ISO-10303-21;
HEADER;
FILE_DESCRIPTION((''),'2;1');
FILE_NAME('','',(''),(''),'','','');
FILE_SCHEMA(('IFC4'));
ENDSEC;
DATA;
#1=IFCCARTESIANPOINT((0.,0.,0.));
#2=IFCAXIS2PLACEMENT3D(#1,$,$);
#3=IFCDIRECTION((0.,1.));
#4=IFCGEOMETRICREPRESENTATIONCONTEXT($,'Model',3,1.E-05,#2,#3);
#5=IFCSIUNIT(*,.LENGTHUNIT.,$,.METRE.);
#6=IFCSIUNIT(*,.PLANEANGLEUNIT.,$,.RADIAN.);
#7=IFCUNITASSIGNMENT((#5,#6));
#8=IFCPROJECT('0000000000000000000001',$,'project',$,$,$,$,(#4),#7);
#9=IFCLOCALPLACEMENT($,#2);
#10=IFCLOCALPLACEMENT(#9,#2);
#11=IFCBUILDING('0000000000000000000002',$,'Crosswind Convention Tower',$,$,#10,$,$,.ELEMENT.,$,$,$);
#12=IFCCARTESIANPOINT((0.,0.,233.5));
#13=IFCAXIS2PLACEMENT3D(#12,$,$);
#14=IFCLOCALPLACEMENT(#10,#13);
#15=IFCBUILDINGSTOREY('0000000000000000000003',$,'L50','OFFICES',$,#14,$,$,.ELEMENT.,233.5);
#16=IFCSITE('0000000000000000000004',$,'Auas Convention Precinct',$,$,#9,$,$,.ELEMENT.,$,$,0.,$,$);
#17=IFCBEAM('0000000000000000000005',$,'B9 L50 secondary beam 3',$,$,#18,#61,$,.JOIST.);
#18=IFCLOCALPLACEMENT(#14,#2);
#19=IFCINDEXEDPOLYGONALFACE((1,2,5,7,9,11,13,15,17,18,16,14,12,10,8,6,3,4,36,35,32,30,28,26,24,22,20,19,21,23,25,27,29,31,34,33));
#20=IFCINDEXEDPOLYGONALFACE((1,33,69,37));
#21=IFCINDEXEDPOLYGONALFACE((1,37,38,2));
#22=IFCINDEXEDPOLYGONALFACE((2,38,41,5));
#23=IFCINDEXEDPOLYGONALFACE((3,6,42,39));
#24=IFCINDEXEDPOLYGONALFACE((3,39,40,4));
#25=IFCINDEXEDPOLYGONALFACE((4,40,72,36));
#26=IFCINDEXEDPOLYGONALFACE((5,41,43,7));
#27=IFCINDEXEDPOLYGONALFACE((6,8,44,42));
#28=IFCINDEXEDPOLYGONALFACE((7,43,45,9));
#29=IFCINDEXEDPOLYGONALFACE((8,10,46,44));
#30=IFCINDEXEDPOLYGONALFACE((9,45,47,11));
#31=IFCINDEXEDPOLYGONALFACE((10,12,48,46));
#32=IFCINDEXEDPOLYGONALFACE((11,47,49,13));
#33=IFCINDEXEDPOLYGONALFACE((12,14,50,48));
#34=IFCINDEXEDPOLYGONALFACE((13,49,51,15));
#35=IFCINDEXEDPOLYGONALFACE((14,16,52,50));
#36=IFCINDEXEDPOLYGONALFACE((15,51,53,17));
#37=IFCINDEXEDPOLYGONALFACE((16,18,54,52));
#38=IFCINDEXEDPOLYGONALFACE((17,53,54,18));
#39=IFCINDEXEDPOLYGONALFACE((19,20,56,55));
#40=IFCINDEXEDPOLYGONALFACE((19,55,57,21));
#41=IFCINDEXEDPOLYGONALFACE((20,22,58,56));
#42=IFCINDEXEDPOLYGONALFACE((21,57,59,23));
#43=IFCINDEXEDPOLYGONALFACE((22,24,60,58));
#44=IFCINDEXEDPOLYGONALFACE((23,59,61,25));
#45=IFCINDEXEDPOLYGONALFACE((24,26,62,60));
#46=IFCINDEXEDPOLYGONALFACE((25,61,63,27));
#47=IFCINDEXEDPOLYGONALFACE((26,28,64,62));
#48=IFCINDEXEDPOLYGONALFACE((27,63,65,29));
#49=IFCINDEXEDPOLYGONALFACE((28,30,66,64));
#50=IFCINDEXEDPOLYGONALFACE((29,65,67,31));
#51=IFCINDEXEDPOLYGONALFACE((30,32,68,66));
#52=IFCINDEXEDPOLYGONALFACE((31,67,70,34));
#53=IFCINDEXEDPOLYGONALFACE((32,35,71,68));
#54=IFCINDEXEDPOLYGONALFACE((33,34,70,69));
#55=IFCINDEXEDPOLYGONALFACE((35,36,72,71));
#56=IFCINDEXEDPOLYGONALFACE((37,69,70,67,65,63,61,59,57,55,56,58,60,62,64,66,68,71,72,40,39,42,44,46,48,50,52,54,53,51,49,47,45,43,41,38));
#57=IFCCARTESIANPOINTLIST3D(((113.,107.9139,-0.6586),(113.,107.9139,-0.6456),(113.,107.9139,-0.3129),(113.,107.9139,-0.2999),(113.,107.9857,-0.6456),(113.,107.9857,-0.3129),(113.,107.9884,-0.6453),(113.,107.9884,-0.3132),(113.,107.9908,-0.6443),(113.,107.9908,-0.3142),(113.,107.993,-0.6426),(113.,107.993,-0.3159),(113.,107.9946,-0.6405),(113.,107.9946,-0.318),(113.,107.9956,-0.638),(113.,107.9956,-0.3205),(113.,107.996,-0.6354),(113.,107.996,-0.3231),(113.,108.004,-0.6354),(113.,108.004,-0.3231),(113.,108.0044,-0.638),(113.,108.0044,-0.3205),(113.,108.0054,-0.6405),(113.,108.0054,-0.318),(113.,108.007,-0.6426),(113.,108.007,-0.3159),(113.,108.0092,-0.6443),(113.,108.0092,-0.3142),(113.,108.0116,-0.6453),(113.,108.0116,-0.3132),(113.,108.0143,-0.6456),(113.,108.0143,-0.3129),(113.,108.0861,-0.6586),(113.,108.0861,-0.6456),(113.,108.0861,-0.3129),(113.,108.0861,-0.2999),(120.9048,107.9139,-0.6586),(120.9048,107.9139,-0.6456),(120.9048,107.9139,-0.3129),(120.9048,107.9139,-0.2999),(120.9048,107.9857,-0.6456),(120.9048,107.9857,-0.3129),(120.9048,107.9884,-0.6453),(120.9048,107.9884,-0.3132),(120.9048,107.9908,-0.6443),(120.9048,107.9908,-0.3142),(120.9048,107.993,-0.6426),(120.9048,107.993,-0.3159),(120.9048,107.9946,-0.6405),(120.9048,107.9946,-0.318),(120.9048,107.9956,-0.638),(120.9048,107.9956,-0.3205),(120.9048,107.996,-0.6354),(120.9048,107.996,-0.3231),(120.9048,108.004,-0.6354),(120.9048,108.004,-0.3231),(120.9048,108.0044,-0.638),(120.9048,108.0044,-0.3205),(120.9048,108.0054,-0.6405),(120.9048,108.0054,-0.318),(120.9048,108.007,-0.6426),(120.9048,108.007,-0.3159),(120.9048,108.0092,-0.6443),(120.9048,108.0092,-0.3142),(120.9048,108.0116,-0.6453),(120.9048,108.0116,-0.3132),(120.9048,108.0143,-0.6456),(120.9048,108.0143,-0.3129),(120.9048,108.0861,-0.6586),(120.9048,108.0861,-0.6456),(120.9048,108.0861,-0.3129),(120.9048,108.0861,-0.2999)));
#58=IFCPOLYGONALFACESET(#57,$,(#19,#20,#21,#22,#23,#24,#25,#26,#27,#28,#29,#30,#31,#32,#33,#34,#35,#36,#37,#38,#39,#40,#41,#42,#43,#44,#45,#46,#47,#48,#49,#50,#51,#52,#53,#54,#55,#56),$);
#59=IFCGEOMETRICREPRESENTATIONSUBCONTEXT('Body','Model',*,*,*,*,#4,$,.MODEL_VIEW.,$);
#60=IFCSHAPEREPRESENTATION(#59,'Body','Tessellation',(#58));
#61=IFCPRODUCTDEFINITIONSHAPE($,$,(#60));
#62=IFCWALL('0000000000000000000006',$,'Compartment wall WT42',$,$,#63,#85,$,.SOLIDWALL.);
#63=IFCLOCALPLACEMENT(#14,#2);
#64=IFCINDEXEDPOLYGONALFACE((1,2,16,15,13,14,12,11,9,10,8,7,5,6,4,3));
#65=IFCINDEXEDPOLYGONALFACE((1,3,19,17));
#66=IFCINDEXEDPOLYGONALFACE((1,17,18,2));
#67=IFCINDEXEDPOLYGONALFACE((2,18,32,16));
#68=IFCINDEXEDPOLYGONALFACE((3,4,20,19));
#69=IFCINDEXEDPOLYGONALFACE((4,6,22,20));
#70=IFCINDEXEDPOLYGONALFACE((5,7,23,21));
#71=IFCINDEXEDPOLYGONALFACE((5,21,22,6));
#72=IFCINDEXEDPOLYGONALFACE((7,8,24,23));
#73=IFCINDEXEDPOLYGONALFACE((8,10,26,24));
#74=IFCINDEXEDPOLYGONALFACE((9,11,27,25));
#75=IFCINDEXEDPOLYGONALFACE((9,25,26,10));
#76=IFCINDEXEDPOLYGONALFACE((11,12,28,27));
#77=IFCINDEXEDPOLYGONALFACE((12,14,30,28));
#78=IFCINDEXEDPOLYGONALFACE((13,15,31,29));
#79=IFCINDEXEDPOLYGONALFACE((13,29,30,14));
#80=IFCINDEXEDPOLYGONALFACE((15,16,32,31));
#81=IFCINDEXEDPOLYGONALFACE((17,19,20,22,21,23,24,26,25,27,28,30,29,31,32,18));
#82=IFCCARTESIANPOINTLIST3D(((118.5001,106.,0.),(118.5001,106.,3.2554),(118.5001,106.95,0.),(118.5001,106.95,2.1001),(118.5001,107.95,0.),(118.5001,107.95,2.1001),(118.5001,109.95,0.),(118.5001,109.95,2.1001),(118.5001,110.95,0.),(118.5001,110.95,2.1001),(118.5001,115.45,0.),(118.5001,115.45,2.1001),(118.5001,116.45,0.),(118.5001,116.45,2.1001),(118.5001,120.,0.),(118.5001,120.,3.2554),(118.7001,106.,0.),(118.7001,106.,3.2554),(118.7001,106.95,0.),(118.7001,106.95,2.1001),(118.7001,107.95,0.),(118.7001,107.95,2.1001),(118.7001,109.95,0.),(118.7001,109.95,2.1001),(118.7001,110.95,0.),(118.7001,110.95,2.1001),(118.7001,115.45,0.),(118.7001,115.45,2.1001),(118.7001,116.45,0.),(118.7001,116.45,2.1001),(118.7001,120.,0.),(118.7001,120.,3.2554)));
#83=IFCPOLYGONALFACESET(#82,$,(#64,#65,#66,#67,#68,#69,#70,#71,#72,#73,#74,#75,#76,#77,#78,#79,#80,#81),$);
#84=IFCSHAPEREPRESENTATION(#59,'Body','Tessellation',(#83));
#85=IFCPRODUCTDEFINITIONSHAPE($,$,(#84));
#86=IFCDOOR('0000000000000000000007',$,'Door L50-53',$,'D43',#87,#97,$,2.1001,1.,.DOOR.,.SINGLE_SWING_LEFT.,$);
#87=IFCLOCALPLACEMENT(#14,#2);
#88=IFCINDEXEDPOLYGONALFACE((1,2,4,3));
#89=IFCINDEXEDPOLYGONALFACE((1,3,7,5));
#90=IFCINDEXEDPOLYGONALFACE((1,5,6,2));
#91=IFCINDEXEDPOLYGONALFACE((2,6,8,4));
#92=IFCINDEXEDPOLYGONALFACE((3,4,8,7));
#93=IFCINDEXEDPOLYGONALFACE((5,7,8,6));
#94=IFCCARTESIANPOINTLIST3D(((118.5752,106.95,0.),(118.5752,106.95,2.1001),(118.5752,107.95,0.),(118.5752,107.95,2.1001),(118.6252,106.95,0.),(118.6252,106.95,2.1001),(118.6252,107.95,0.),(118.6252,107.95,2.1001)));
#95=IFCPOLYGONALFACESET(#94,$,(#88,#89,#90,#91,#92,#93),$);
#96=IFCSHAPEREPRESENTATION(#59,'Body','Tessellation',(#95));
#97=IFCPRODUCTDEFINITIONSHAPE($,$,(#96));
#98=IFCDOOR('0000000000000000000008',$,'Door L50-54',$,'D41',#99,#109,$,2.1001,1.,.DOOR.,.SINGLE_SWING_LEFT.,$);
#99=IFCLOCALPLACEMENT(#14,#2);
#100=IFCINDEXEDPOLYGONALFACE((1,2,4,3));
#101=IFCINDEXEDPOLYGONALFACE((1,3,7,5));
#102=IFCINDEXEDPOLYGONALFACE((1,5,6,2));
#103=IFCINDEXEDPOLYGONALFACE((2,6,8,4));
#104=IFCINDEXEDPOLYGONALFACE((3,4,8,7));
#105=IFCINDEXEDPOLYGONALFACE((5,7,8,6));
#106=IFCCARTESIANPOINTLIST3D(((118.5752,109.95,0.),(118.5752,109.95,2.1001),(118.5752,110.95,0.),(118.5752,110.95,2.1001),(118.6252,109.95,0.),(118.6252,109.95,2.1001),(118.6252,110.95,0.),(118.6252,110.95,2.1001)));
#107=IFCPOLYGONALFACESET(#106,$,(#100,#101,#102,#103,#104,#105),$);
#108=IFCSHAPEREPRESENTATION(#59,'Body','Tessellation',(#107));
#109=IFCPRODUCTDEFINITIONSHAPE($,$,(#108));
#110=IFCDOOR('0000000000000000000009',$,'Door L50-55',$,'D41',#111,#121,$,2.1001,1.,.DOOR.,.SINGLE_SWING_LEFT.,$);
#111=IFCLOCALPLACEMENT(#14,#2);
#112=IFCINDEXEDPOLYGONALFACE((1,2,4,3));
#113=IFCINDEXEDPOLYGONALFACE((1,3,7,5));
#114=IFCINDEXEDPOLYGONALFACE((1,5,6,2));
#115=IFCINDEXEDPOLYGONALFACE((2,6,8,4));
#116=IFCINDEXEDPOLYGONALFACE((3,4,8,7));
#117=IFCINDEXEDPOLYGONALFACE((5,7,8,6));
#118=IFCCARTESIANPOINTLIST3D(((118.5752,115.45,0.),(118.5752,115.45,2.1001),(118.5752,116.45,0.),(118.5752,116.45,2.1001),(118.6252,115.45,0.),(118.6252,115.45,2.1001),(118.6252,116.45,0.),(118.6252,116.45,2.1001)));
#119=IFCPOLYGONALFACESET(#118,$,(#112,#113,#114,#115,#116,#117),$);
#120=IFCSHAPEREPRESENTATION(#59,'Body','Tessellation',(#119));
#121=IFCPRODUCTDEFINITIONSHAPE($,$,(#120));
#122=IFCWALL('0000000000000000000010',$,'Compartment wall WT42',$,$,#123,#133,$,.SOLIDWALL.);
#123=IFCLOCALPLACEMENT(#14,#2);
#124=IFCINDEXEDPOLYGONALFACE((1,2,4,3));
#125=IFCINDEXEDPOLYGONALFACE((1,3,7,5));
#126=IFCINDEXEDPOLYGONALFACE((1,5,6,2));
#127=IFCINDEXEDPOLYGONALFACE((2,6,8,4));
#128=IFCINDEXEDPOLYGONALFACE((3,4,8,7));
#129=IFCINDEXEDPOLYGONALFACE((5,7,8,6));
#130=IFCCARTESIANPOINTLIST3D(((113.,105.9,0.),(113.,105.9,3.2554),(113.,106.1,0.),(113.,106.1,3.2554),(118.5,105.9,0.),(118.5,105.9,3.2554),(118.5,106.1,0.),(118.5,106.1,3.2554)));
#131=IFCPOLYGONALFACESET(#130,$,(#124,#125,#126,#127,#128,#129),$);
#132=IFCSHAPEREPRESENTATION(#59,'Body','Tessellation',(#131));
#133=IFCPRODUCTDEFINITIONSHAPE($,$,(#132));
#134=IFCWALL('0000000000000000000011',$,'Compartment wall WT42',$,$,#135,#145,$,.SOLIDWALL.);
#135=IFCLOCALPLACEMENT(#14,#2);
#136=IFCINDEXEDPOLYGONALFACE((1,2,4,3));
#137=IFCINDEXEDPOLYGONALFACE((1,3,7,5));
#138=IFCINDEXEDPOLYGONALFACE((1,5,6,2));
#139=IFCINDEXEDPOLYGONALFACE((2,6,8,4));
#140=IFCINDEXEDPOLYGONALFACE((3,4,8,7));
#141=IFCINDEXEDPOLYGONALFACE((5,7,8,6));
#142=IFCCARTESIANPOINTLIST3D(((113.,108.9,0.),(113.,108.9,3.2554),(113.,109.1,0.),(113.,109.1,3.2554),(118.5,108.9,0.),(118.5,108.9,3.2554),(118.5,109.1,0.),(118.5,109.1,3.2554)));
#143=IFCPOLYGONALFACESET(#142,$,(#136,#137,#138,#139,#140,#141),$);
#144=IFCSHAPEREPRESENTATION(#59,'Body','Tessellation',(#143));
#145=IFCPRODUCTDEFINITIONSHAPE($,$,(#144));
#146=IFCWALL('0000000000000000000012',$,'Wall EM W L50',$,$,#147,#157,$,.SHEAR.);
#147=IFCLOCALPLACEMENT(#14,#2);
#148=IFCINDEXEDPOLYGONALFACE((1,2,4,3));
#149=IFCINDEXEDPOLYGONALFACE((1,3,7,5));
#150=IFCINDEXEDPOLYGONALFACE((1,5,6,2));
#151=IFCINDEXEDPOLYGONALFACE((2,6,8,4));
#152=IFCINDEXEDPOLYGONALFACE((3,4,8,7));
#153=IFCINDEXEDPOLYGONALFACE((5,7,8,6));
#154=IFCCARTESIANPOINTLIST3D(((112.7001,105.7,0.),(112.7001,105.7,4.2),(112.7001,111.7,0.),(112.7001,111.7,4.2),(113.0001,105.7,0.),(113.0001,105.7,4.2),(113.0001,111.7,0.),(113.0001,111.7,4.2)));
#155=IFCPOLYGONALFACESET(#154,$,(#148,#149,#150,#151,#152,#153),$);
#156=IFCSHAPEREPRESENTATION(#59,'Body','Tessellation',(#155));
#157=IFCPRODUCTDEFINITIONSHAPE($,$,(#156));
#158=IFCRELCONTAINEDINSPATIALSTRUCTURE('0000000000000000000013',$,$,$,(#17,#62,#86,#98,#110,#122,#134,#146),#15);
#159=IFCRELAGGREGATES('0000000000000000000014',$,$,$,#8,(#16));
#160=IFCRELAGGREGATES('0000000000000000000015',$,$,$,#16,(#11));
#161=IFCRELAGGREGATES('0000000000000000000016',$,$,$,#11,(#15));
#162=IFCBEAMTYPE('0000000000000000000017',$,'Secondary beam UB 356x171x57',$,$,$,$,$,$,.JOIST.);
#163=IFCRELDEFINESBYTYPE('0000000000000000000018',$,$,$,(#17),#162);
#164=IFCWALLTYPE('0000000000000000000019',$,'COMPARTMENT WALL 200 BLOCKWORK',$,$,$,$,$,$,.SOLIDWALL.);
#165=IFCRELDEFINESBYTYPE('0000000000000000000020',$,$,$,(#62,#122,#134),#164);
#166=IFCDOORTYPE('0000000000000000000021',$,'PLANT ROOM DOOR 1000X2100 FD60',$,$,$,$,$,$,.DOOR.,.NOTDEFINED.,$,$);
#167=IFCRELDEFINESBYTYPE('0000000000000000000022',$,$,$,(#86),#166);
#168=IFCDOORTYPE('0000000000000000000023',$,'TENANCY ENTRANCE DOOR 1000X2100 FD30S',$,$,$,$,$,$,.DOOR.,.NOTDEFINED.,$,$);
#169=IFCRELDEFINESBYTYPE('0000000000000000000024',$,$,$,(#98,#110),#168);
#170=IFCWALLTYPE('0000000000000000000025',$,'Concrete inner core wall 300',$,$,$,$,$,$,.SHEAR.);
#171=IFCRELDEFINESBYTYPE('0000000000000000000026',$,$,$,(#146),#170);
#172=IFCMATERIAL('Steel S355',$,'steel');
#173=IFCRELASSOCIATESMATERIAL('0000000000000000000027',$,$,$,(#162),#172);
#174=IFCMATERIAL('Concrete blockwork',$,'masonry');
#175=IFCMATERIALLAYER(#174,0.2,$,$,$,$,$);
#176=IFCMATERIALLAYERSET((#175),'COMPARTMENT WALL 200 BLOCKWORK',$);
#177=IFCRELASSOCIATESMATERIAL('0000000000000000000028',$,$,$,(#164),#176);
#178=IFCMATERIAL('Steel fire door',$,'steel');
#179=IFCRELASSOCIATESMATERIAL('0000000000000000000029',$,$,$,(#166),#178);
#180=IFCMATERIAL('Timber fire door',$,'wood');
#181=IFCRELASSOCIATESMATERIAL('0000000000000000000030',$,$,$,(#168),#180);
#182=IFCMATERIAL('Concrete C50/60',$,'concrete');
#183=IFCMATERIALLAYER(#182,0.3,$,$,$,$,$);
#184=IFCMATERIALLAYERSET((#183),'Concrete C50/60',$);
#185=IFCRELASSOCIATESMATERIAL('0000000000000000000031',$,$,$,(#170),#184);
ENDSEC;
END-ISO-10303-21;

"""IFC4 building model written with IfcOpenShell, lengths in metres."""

from ifc_helpers import new_model, si_unit, direction, frame, frame_2d, origin, origin_2d, place, context, subcontext, project, spatial, rectangle, i_section, extrude, material, layer, layer_set, material_profile, profile_set, type_object, element, fill, save


model = new_model("IFC4")

# Units and contexts
model_context = context("Model", 3, precision=1e-05, world=origin(), true_north=direction((0.0, 1.0)))
body_context = subcontext(model_context, "Body", "Model", "MODEL_VIEW")
ifc_project = project(units=[si_unit("LENGTHUNIT", "METRE"), si_unit("PLANEANGLEUNIT", "RADIAN")], contexts=[model_context])

# Site, building, storey
site_placement = place(None, origin())
site = spatial("IfcSite", under=ifc_project, at=site_placement, Name="Auas Convention Precinct", CompositionType="ELEMENT", RefElevation=0.0)
building_placement = place(site_placement, origin())
building = spatial("IfcBuilding", under=site, at=building_placement, Name="Crosswind Convention Tower", CompositionType="ELEMENT")
storey_placement = place(building_placement, frame((0.0, 0.0, 233.5)))
storey = spatial("IfcBuildingStorey", under=building, at=storey_placement, Name="L50", Description="OFFICES", CompositionType="ELEMENT", Elevation=233.5)

# Beam
ifc_material_1 = material(Name="Steel S355", Category="steel")
ifc_material_profile_1 = material_profile(ifc_material_1, i_section(OverallWidth=0.1721, OverallDepth=0.3586, WebThickness=0.0081, FlangeThickness=0.0129, FilletRadius=0.0103, at=origin_2d()), Name="UB 356x171x57")
ifc_profile_set_1 = profile_set([ifc_material_profile_1], Name="Steel S355")
beam_type_1 = type_object("IfcBeamType", Name="Secondary beam UB 356x171x57", PredefinedType="JOIST", material=ifc_profile_set_1)
for number, where, z_axis, x_axis, name in (
    (1, (113.0, 108.0, -0.4792), (1.0, 0.0, 0.0), (0.0, 1.0, 0.0), "B9 L50 secondary beam 3"),
):
    element("IfcBeam", number, at=place(storey_placement, frame(where, z_axis=z_axis, x_axis=x_axis)), inside=storey, type_object=beam_type_1, Name=name, PredefinedType="JOIST", context=body_context, shape_type="SweptSolid", body=[
        extrude(i_section(OverallWidth=0.1721, OverallDepth=0.3586, WebThickness=0.0081, FlangeThickness=0.0129, FilletRadius=0.0103, at=origin_2d()), origin(), (0.0, 0.0, 1.0), 7.9048),
    ])

# Wall, openings, doors
ifc_material_2 = material(Name="Concrete blockwork", Category="masonry")
ifc_layer_1 = layer(ifc_material_2, 0.2)
ifc_layer_set_1 = layer_set([ifc_layer_1], Name="COMPARTMENT WALL 200 BLOCKWORK")
wall_type_1 = type_object("IfcWallType", Name="COMPARTMENT WALL 200 BLOCKWORK", PredefinedType="SOLIDWALL", material=ifc_layer_set_1)
wall_1_placement = place(storey_placement, frame((118.6001, 106.0, 0.0), z_axis=(0.0, 0.0, 1.0), x_axis=(0.0, 1.0, 0.0)))
wall_1 = element("IfcWall", 2, at=wall_1_placement, inside=storey, type_object=wall_type_1, Name="Compartment wall WT42", PredefinedType="SOLIDWALL", context=body_context, shape_type="SweptSolid", body=[
    extrude(rectangle(XDim=14.0, YDim=0.2, at=frame_2d((7.0, 0.0))), origin(), (0.0, 0.0, 1.0), 3.2554),
])
opening_1_placement = place(wall_1_placement, frame((0.95, 0.0, 0.0)))
opening_1 = element("IfcOpeningElement", 3, at=opening_1_placement, cuts=wall_1, PredefinedType="OPENING", context=body_context, shape_type="SweptSolid", body=[
    extrude(rectangle(XDim=1.0, YDim=2.1001, at=frame_2d((0.5, 1.05))), frame((0.0, 0.1099, 0.0), z_axis=(0.0, -1.0, 0.0), x_axis=(1.0, 0.0, 0.0)), (0.0, 0.0, 1.0), 0.22),
])
opening_2_placement = place(wall_1_placement, frame((3.95, 0.0, 0.0)))
opening_2 = element("IfcOpeningElement", 4, at=opening_2_placement, cuts=wall_1, PredefinedType="OPENING", context=body_context, shape_type="SweptSolid", body=[
    extrude(rectangle(XDim=1.0, YDim=2.1001, at=frame_2d((0.5, 1.05))), frame((0.0, 0.1099, 0.0), z_axis=(0.0, -1.0, 0.0), x_axis=(1.0, 0.0, 0.0)), (0.0, 0.0, 1.0), 0.22),
])
opening_3_placement = place(wall_1_placement, frame((9.45, 0.0, 0.0)))
opening_3 = element("IfcOpeningElement", 5, at=opening_3_placement, cuts=wall_1, PredefinedType="OPENING", context=body_context, shape_type="SweptSolid", body=[
    extrude(rectangle(XDim=1.0, YDim=2.1001, at=frame_2d((0.5, 1.05))), frame((0.0, 0.1099, 0.0), z_axis=(0.0, -1.0, 0.0), x_axis=(1.0, 0.0, 0.0)), (0.0, 0.0, 1.0), 0.22),
])
ifc_material_3 = material(Name="Steel fire door", Category="steel")
door_type_1 = type_object("IfcDoorType", Name="PLANT ROOM DOOR 1000X2100 FD60", OperationType="NOTDEFINED", PredefinedType="DOOR", material=ifc_material_3)
door_1_placement = place(opening_1_placement, origin())
door_1 = element("IfcDoor", 6, at=door_1_placement, inside=storey, type_object=door_type_1, Name="Door L50-53", ObjectType="D43", OperationType="SINGLE_SWING_LEFT", OverallHeight=2.1001, OverallWidth=1.0, PredefinedType="DOOR", context=body_context, shape_type="SweptSolid", body=[
    extrude(rectangle(XDim=1.0, YDim=2.1001, at=frame_2d((0.5, 1.05))), frame((0.0, 0.0249, 0.0), z_axis=(0.0, -1.0, 0.0), x_axis=(1.0, 0.0, 0.0)), (0.0, 0.0, 1.0), 0.05),
])
fill(opening_1, door_1)
ifc_material_4 = material(Name="Timber fire door", Category="wood")
door_type_2 = type_object("IfcDoorType", Name="TENANCY ENTRANCE DOOR 1000X2100 FD30S", OperationType="NOTDEFINED", PredefinedType="DOOR", material=ifc_material_4)
door_2_placement = place(opening_2_placement, origin())
door_2 = element("IfcDoor", 7, at=door_2_placement, inside=storey, type_object=door_type_2, Name="Door L50-54", ObjectType="D41", OperationType="SINGLE_SWING_LEFT", OverallHeight=2.1001, OverallWidth=1.0, PredefinedType="DOOR", context=body_context, shape_type="SweptSolid", body=[
    extrude(rectangle(XDim=1.0, YDim=2.1001, at=frame_2d((0.5, 1.05))), frame((0.0, 0.0249, 0.0), z_axis=(0.0, -1.0, 0.0), x_axis=(1.0, 0.0, 0.0)), (0.0, 0.0, 1.0), 0.05),
])
fill(opening_2, door_2)
door_3_placement = place(opening_3_placement, origin())
door_3 = element("IfcDoor", 8, at=door_3_placement, inside=storey, type_object=door_type_2, Name="Door L50-55", ObjectType="D41", OperationType="SINGLE_SWING_LEFT", OverallHeight=2.1001, OverallWidth=1.0, PredefinedType="DOOR", context=body_context, shape_type="SweptSolid", body=[
    extrude(rectangle(XDim=1.0, YDim=2.1001, at=frame_2d((0.5, 1.05))), frame((0.0, 0.0249, 0.0), z_axis=(0.0, -1.0, 0.0), x_axis=(1.0, 0.0, 0.0)), (0.0, 0.0, 1.0), 0.05),
])
fill(opening_3, door_3)

# Walls
for number, where, z_axis, x_axis, name in (
    (9, (113.0, 106.0, 0.0), (0.0, 0.0, 1.0), (1.0, 0.0, 0.0), "Compartment wall WT42"),
    (10, (113.0, 109.0, 0.0), (0.0, 0.0, 1.0), (1.0, 0.0, 0.0), "Compartment wall WT42"),
):
    element("IfcWall", number, at=place(storey_placement, frame(where, z_axis=z_axis, x_axis=x_axis)), inside=storey, type_object=wall_type_1, Name=name, PredefinedType="SOLIDWALL", context=body_context, shape_type="SweptSolid", body=[
        extrude(rectangle(XDim=5.5, YDim=0.2, at=frame_2d((2.75, 0.0))), origin(), (0.0, 0.0, 1.0), 3.2554),
    ])

# Shared definitions
ifc_material_5 = material(Name="Concrete C50/60", Category="concrete")
ifc_layer_2 = layer(ifc_material_5, 0.3)
ifc_layer_set_2 = layer_set([ifc_layer_2], Name="Concrete C50/60")
wall_type_2 = type_object("IfcWallType", Name="Concrete inner core wall 300", PredefinedType="SHEAR", material=ifc_layer_set_2)

# Wall
wall_2_placement = place(storey_placement, frame((112.8501, 111.7, 0.0), z_axis=(0.0, 0.0, 1.0), x_axis=(0.0, -1.0, 0.0)))
element("IfcWall", 11, at=wall_2_placement, inside=storey, type_object=wall_type_2, Name="Wall EM W L50", PredefinedType="SHEAR", context=body_context, shape_type="SweptSolid", body=[
    extrude(rectangle(XDim=6.0, YDim=0.3, at=frame_2d((3.0, 0.0))), origin(), (0.0, 0.0, 1.0), 4.2),
])

save(model, "model.ifc")
